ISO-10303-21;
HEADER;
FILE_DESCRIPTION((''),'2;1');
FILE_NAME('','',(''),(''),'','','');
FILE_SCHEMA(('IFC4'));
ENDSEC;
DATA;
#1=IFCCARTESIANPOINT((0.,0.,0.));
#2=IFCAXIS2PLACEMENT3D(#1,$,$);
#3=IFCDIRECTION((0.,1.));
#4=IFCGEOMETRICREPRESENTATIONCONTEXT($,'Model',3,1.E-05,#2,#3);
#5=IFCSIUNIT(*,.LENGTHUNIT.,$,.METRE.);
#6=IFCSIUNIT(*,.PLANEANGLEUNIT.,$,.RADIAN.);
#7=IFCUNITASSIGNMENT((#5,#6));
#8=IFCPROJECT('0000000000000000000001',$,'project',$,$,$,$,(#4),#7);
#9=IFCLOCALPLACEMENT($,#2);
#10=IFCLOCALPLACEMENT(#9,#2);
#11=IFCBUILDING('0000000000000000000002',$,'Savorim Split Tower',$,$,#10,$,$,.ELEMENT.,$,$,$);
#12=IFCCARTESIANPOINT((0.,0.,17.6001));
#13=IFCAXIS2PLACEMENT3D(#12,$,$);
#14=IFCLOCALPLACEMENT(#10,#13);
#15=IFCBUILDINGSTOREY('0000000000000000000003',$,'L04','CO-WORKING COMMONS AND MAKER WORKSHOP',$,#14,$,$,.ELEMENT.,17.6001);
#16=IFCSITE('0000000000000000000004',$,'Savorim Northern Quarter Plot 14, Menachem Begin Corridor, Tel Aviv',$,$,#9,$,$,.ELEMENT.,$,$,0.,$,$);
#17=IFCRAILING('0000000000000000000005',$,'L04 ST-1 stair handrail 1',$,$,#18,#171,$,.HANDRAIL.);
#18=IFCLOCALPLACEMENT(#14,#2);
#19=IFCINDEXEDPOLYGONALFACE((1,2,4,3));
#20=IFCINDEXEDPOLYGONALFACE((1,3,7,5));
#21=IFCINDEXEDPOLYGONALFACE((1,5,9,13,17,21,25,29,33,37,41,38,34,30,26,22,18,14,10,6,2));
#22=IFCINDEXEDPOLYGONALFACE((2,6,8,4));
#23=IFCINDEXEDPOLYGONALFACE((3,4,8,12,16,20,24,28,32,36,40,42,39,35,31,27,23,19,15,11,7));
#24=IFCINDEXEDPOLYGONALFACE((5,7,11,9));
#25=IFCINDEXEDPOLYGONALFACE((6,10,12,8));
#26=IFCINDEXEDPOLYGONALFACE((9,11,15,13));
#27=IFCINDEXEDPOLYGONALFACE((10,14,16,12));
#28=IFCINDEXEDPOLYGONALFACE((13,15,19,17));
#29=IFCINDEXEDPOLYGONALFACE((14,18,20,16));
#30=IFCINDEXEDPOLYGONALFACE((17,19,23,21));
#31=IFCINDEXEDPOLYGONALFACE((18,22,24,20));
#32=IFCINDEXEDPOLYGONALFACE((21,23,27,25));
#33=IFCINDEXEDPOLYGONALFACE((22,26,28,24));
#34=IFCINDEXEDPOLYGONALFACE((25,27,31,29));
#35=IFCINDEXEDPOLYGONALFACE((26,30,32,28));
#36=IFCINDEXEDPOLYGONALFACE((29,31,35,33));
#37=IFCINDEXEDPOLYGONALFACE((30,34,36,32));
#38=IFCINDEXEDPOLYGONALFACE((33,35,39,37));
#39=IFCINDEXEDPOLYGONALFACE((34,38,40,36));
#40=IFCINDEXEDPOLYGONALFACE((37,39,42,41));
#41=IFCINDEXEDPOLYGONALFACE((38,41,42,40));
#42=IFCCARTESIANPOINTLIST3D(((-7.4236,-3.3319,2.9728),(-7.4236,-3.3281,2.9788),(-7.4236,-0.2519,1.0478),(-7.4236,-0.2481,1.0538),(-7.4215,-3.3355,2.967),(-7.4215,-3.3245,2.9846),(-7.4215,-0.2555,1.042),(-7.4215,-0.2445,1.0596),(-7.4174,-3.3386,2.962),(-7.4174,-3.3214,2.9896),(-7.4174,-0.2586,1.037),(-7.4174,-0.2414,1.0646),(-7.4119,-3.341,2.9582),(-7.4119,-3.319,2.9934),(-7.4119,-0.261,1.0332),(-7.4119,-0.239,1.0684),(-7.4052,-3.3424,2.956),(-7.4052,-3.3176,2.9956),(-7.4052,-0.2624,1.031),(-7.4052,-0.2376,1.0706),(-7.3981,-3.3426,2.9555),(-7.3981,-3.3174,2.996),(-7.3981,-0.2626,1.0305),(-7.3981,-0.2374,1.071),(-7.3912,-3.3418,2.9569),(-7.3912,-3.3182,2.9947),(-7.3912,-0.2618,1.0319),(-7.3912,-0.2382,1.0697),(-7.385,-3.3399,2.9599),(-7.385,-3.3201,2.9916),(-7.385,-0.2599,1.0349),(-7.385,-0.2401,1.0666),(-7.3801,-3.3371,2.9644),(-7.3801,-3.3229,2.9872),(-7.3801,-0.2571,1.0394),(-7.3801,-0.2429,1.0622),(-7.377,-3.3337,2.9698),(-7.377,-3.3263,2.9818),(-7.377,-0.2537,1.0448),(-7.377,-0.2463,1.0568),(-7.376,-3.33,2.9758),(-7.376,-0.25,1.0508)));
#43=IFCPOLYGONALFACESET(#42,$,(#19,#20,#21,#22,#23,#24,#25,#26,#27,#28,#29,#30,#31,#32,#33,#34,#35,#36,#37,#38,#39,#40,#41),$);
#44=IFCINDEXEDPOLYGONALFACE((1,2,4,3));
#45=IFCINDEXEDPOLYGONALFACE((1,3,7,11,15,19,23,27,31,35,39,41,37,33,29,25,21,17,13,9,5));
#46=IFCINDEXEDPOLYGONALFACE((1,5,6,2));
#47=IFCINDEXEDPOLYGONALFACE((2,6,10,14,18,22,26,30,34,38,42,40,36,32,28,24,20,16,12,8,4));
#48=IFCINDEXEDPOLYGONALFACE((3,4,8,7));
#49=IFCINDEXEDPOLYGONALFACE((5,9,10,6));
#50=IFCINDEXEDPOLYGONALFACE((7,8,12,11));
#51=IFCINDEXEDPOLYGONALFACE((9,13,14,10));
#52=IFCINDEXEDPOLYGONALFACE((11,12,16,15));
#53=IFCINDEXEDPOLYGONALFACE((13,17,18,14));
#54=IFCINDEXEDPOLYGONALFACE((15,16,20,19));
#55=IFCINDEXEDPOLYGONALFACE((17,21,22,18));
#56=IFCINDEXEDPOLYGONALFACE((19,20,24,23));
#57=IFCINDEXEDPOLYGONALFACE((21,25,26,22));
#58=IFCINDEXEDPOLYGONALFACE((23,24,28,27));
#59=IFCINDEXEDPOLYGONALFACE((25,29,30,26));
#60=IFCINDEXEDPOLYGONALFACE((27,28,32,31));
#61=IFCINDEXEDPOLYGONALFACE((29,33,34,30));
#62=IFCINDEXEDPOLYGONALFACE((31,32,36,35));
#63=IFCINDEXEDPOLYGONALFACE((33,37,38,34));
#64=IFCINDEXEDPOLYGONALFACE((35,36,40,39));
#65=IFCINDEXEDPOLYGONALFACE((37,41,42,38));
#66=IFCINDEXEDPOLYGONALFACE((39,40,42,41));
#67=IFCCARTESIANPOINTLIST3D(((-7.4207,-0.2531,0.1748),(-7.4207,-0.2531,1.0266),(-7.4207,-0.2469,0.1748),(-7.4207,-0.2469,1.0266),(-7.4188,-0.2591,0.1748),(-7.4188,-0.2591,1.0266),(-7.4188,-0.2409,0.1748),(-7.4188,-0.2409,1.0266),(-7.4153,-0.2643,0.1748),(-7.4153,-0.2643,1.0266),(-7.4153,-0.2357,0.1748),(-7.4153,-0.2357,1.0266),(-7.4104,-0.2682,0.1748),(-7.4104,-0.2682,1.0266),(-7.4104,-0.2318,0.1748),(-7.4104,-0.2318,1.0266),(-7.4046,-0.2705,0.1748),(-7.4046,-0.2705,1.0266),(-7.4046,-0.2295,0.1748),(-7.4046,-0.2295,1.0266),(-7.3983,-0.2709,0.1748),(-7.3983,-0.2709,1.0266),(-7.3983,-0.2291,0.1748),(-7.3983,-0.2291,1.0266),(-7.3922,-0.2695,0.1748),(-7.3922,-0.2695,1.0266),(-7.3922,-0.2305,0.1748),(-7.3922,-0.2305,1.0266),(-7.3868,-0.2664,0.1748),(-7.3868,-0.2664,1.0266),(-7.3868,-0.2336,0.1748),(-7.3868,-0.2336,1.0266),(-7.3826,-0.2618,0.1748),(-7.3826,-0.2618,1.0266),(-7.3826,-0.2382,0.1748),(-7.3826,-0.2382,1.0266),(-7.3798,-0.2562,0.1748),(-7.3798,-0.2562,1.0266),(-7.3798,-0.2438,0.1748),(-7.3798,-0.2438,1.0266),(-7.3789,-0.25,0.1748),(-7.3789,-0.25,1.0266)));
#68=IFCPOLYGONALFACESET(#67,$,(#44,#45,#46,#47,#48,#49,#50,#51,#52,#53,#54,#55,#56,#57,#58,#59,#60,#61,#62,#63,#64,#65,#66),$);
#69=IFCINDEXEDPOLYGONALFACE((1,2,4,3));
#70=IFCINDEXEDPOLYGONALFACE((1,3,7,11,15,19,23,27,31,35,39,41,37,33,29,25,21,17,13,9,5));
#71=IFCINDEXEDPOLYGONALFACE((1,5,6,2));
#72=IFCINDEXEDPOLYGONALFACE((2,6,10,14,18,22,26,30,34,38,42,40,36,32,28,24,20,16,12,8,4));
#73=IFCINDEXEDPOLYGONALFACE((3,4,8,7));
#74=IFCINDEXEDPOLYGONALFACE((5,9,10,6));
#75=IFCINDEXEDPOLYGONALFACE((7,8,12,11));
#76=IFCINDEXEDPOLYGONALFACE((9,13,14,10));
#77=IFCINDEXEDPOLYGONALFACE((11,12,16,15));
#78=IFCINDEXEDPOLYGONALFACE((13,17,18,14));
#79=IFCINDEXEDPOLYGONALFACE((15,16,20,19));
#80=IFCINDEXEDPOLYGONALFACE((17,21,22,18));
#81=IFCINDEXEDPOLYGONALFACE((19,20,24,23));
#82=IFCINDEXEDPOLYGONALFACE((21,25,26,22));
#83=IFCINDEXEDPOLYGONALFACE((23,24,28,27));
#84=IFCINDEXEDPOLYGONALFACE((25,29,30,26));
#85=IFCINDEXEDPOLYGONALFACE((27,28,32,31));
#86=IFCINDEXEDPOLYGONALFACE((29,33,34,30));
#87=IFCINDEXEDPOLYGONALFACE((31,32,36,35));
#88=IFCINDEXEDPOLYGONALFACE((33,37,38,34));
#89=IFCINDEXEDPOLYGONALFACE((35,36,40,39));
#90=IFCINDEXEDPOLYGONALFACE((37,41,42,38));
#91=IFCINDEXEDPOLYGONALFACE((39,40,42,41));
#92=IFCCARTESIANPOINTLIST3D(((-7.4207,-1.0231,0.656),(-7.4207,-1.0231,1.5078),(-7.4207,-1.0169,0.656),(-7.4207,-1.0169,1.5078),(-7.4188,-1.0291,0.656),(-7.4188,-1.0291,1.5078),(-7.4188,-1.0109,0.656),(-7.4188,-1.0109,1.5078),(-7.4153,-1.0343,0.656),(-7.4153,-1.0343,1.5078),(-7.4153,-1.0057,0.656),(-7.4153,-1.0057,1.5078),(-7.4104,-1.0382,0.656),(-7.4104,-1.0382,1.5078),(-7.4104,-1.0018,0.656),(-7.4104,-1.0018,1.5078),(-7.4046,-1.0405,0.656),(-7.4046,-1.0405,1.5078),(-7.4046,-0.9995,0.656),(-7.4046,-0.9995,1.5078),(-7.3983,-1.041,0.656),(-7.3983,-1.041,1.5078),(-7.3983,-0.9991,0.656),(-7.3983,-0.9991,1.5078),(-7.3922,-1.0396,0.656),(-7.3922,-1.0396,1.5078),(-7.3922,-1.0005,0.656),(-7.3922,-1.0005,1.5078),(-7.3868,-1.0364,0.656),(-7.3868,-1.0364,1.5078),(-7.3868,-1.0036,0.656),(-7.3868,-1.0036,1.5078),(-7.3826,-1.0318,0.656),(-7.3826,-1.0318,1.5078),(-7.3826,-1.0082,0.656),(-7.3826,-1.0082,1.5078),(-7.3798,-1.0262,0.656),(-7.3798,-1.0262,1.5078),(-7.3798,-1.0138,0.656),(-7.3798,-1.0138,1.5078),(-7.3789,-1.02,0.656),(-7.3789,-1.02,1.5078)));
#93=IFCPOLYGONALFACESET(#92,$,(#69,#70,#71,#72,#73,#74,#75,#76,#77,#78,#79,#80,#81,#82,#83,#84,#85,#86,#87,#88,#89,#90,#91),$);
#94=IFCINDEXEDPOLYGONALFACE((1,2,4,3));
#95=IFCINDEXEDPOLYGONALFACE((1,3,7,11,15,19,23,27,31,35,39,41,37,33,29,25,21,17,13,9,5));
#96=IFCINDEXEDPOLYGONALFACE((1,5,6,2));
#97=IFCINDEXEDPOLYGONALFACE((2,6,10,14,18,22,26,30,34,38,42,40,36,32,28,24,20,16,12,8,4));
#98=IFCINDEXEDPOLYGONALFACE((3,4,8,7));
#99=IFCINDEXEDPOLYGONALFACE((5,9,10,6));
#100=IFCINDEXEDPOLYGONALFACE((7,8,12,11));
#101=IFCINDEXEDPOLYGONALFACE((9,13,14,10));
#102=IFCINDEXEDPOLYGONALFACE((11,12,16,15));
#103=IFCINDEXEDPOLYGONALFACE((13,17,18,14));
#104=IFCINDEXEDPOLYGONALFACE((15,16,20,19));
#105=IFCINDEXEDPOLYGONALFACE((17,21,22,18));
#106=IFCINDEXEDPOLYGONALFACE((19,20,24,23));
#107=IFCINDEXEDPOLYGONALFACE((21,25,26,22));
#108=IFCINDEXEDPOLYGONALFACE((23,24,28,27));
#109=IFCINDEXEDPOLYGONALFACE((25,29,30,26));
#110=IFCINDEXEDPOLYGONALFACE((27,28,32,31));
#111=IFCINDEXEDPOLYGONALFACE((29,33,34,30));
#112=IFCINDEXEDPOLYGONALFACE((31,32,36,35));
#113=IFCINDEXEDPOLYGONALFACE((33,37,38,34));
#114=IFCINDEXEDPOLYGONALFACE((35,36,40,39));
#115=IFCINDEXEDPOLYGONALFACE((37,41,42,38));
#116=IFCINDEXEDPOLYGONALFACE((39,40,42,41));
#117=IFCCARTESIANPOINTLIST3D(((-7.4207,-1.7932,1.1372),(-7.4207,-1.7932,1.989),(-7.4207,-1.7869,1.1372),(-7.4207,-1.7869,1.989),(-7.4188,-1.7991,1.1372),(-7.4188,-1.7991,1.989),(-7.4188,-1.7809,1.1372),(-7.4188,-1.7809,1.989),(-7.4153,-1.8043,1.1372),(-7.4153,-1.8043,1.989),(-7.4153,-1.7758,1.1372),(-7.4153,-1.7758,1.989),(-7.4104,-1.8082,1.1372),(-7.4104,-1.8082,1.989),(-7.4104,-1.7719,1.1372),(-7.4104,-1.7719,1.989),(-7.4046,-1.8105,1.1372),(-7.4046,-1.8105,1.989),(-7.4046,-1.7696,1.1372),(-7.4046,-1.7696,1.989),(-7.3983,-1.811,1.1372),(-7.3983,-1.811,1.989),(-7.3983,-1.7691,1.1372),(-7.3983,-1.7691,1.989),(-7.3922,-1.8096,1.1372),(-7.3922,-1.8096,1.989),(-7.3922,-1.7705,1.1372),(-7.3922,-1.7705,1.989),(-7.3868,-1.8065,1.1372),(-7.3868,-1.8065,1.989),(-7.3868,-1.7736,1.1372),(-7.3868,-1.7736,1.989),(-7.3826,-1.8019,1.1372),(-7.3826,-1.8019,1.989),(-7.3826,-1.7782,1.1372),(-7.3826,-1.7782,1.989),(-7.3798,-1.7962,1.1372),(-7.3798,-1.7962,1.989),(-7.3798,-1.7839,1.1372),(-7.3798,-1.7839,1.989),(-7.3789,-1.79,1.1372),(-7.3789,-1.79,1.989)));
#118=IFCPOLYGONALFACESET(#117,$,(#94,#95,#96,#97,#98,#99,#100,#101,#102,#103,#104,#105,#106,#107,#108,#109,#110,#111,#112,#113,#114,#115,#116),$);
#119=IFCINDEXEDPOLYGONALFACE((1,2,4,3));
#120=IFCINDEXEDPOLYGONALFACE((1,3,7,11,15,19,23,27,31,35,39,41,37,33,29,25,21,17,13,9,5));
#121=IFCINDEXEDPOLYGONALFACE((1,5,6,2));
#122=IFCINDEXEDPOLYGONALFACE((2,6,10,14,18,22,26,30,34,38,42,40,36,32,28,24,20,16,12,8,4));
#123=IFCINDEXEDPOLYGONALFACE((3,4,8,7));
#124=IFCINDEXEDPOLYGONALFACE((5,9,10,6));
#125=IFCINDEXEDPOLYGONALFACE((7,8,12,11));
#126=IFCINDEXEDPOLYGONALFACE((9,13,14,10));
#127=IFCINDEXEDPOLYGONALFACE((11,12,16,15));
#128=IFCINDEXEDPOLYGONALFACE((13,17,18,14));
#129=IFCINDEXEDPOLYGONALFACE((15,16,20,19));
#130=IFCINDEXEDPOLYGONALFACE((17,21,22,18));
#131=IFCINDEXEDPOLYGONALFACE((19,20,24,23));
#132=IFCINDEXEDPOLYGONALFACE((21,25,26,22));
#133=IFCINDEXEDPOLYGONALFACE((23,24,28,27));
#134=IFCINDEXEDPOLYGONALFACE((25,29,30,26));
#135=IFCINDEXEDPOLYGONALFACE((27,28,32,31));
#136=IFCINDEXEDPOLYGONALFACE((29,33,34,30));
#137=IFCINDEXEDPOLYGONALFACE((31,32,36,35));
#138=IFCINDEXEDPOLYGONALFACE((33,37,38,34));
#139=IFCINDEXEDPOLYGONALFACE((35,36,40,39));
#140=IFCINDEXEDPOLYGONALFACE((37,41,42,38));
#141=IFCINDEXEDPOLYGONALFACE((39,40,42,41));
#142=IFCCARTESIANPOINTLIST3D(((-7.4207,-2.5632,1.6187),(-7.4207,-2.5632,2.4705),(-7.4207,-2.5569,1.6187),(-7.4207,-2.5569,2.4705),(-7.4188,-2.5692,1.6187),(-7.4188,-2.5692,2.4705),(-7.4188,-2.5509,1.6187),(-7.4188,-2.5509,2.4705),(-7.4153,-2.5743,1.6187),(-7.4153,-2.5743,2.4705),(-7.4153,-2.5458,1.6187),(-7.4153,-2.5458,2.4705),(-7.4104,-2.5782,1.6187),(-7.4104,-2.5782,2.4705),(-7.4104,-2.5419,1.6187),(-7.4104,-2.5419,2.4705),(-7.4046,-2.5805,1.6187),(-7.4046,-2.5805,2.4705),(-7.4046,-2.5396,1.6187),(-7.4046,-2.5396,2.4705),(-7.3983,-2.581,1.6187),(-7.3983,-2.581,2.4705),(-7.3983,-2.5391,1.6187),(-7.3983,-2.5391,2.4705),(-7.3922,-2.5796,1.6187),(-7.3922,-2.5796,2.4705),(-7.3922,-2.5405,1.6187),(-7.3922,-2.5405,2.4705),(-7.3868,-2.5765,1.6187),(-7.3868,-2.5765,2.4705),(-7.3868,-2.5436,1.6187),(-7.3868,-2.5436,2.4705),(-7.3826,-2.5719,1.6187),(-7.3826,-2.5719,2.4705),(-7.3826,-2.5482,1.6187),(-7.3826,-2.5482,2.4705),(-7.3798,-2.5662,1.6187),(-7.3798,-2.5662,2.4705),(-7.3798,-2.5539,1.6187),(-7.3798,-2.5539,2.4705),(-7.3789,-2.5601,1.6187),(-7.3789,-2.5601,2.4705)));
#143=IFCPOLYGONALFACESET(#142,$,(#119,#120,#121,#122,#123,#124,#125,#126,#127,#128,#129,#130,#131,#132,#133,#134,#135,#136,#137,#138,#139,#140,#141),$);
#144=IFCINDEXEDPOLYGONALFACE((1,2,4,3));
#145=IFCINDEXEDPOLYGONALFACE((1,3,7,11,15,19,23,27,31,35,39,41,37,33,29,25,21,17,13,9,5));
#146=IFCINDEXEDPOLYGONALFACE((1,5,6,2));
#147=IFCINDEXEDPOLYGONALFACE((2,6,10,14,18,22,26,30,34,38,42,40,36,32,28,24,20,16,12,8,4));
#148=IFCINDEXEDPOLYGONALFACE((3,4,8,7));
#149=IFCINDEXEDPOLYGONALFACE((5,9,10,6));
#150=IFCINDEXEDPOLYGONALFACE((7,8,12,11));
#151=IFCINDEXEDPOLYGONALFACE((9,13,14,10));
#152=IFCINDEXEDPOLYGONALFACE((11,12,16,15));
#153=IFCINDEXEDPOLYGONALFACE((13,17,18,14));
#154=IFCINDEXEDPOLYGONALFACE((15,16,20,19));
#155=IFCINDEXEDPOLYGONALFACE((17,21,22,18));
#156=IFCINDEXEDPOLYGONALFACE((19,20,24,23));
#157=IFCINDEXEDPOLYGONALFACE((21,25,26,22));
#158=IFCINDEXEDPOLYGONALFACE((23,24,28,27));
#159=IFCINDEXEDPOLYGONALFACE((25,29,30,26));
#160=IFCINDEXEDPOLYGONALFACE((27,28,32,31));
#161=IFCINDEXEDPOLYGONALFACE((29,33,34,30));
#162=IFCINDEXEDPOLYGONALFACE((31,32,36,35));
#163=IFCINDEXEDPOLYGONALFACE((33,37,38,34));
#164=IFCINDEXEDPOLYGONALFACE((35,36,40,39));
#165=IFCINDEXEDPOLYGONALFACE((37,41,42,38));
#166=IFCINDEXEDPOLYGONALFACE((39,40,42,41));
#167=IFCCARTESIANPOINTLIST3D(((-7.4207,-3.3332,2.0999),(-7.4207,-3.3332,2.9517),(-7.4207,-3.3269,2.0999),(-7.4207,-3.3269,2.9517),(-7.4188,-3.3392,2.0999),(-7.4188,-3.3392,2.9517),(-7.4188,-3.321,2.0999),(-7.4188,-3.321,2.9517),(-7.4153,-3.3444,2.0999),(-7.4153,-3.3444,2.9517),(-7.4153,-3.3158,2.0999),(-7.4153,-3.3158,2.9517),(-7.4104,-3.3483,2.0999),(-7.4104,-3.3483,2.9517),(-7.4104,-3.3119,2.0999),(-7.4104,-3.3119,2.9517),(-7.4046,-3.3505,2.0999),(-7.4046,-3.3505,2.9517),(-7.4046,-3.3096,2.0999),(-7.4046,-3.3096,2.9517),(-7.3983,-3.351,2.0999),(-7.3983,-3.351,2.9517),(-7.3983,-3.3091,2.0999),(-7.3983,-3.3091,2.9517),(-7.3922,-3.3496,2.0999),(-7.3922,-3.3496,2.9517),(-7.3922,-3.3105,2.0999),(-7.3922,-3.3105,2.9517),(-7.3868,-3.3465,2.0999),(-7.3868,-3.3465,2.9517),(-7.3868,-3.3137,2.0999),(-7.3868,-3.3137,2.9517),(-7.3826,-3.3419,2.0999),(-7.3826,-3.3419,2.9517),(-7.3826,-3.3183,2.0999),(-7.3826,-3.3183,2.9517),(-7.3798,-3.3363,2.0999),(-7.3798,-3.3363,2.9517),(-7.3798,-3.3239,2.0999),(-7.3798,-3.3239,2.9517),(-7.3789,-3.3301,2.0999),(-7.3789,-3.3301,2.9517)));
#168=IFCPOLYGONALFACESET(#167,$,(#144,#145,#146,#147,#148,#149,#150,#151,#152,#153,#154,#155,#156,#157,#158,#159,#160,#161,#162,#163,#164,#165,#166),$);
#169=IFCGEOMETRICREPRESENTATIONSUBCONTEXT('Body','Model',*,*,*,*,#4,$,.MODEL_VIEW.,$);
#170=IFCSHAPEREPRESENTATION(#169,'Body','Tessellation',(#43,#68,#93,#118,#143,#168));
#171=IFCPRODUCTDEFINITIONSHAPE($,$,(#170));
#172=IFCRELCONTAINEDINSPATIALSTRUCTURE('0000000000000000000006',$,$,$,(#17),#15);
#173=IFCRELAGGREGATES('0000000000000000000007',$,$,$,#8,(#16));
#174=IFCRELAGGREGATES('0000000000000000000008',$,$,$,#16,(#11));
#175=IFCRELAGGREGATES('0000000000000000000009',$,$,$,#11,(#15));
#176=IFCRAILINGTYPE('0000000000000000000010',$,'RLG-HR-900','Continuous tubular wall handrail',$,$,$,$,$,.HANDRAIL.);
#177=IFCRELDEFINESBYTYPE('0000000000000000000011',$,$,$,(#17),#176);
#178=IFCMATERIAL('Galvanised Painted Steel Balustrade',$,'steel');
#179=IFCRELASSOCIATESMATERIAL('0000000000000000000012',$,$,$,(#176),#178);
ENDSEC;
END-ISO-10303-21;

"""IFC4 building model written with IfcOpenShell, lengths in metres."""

from ifc_helpers import new_model, si_unit, direction, frame, origin, origin_2d, place, context, subcontext, project, spatial, circle, extrude, material, type_object, element, save


model = new_model("IFC4")

# Units and contexts
model_context = context("Model", 3, precision=1e-05, world=origin(), true_north=direction((0.0, 1.0)))
body_context = subcontext(model_context, "Body", "Model", "MODEL_VIEW")
ifc_project = project(units=[si_unit("LENGTHUNIT", "METRE"), si_unit("PLANEANGLEUNIT", "RADIAN")], contexts=[model_context])

# Site, building, storey
site_placement = place(None, origin())
site = spatial("IfcSite", under=ifc_project, at=site_placement, Name="Savorim Northern Quarter Plot 14, Menachem Begin Corridor, Tel Aviv", CompositionType="ELEMENT", RefElevation=0.0)
building_placement = place(site_placement, origin())
building = spatial("IfcBuilding", under=site, at=building_placement, Name="Savorim Split Tower", CompositionType="ELEMENT")
storey_placement = place(building_placement, frame((0.0, 0.0, 17.6001)))
storey = spatial("IfcBuildingStorey", under=building, at=storey_placement, Name="L04", Description="CO-WORKING COMMONS AND MAKER WORKSHOP", CompositionType="ELEMENT", Elevation=17.6001)

# Railing
ifc_material_1 = material(Name="Galvanised Painted Steel Balustrade", Category="steel")
railing_type_1 = type_object("IfcRailingType", Name="RLG-HR-900", Description="Continuous tubular wall handrail", PredefinedType="HANDRAIL", material=ifc_material_1)
railing_1_placement = place(storey_placement, frame((-7.3999, -0.25, 0.1748)))
element("IfcRailing", 1, at=railing_1_placement, inside=storey, type_object=railing_type_1, Name="L04 ST-1 stair handrail 1", PredefinedType="HANDRAIL", context=body_context, shape_type="SweptSolid", body=[
    extrude(circle(Radius=0.0239, at=origin_2d()), frame((0.0, 0.0, 0.876), z_axis=(0.0, -0.847998, 0.529999), x_axis=(1.0, 0.0, 0.0)), (0.0, 0.0, 1.0), 3.6321),
    extrude(circle(Radius=0.021, at=origin_2d()), origin(), (0.0, 0.0, 1.0), 0.8518),
    extrude(circle(Radius=0.021, at=origin_2d()), frame((0.0, -0.77, 0.4812)), (0.0, 0.0, 1.0), 0.8518),
    extrude(circle(Radius=0.021, at=origin_2d()), frame((0.0, -1.54, 0.9624)), (0.0, 0.0, 1.0), 0.8518),
    extrude(circle(Radius=0.021, at=origin_2d()), frame((0.0, -2.3101, 1.4438)), (0.0, 0.0, 1.0), 0.8518),
    extrude(circle(Radius=0.021, at=origin_2d()), frame((0.0, -3.0801, 1.925)), (0.0, 0.0, 1.0), 0.8518),
])

save(model, "model.ifc")
